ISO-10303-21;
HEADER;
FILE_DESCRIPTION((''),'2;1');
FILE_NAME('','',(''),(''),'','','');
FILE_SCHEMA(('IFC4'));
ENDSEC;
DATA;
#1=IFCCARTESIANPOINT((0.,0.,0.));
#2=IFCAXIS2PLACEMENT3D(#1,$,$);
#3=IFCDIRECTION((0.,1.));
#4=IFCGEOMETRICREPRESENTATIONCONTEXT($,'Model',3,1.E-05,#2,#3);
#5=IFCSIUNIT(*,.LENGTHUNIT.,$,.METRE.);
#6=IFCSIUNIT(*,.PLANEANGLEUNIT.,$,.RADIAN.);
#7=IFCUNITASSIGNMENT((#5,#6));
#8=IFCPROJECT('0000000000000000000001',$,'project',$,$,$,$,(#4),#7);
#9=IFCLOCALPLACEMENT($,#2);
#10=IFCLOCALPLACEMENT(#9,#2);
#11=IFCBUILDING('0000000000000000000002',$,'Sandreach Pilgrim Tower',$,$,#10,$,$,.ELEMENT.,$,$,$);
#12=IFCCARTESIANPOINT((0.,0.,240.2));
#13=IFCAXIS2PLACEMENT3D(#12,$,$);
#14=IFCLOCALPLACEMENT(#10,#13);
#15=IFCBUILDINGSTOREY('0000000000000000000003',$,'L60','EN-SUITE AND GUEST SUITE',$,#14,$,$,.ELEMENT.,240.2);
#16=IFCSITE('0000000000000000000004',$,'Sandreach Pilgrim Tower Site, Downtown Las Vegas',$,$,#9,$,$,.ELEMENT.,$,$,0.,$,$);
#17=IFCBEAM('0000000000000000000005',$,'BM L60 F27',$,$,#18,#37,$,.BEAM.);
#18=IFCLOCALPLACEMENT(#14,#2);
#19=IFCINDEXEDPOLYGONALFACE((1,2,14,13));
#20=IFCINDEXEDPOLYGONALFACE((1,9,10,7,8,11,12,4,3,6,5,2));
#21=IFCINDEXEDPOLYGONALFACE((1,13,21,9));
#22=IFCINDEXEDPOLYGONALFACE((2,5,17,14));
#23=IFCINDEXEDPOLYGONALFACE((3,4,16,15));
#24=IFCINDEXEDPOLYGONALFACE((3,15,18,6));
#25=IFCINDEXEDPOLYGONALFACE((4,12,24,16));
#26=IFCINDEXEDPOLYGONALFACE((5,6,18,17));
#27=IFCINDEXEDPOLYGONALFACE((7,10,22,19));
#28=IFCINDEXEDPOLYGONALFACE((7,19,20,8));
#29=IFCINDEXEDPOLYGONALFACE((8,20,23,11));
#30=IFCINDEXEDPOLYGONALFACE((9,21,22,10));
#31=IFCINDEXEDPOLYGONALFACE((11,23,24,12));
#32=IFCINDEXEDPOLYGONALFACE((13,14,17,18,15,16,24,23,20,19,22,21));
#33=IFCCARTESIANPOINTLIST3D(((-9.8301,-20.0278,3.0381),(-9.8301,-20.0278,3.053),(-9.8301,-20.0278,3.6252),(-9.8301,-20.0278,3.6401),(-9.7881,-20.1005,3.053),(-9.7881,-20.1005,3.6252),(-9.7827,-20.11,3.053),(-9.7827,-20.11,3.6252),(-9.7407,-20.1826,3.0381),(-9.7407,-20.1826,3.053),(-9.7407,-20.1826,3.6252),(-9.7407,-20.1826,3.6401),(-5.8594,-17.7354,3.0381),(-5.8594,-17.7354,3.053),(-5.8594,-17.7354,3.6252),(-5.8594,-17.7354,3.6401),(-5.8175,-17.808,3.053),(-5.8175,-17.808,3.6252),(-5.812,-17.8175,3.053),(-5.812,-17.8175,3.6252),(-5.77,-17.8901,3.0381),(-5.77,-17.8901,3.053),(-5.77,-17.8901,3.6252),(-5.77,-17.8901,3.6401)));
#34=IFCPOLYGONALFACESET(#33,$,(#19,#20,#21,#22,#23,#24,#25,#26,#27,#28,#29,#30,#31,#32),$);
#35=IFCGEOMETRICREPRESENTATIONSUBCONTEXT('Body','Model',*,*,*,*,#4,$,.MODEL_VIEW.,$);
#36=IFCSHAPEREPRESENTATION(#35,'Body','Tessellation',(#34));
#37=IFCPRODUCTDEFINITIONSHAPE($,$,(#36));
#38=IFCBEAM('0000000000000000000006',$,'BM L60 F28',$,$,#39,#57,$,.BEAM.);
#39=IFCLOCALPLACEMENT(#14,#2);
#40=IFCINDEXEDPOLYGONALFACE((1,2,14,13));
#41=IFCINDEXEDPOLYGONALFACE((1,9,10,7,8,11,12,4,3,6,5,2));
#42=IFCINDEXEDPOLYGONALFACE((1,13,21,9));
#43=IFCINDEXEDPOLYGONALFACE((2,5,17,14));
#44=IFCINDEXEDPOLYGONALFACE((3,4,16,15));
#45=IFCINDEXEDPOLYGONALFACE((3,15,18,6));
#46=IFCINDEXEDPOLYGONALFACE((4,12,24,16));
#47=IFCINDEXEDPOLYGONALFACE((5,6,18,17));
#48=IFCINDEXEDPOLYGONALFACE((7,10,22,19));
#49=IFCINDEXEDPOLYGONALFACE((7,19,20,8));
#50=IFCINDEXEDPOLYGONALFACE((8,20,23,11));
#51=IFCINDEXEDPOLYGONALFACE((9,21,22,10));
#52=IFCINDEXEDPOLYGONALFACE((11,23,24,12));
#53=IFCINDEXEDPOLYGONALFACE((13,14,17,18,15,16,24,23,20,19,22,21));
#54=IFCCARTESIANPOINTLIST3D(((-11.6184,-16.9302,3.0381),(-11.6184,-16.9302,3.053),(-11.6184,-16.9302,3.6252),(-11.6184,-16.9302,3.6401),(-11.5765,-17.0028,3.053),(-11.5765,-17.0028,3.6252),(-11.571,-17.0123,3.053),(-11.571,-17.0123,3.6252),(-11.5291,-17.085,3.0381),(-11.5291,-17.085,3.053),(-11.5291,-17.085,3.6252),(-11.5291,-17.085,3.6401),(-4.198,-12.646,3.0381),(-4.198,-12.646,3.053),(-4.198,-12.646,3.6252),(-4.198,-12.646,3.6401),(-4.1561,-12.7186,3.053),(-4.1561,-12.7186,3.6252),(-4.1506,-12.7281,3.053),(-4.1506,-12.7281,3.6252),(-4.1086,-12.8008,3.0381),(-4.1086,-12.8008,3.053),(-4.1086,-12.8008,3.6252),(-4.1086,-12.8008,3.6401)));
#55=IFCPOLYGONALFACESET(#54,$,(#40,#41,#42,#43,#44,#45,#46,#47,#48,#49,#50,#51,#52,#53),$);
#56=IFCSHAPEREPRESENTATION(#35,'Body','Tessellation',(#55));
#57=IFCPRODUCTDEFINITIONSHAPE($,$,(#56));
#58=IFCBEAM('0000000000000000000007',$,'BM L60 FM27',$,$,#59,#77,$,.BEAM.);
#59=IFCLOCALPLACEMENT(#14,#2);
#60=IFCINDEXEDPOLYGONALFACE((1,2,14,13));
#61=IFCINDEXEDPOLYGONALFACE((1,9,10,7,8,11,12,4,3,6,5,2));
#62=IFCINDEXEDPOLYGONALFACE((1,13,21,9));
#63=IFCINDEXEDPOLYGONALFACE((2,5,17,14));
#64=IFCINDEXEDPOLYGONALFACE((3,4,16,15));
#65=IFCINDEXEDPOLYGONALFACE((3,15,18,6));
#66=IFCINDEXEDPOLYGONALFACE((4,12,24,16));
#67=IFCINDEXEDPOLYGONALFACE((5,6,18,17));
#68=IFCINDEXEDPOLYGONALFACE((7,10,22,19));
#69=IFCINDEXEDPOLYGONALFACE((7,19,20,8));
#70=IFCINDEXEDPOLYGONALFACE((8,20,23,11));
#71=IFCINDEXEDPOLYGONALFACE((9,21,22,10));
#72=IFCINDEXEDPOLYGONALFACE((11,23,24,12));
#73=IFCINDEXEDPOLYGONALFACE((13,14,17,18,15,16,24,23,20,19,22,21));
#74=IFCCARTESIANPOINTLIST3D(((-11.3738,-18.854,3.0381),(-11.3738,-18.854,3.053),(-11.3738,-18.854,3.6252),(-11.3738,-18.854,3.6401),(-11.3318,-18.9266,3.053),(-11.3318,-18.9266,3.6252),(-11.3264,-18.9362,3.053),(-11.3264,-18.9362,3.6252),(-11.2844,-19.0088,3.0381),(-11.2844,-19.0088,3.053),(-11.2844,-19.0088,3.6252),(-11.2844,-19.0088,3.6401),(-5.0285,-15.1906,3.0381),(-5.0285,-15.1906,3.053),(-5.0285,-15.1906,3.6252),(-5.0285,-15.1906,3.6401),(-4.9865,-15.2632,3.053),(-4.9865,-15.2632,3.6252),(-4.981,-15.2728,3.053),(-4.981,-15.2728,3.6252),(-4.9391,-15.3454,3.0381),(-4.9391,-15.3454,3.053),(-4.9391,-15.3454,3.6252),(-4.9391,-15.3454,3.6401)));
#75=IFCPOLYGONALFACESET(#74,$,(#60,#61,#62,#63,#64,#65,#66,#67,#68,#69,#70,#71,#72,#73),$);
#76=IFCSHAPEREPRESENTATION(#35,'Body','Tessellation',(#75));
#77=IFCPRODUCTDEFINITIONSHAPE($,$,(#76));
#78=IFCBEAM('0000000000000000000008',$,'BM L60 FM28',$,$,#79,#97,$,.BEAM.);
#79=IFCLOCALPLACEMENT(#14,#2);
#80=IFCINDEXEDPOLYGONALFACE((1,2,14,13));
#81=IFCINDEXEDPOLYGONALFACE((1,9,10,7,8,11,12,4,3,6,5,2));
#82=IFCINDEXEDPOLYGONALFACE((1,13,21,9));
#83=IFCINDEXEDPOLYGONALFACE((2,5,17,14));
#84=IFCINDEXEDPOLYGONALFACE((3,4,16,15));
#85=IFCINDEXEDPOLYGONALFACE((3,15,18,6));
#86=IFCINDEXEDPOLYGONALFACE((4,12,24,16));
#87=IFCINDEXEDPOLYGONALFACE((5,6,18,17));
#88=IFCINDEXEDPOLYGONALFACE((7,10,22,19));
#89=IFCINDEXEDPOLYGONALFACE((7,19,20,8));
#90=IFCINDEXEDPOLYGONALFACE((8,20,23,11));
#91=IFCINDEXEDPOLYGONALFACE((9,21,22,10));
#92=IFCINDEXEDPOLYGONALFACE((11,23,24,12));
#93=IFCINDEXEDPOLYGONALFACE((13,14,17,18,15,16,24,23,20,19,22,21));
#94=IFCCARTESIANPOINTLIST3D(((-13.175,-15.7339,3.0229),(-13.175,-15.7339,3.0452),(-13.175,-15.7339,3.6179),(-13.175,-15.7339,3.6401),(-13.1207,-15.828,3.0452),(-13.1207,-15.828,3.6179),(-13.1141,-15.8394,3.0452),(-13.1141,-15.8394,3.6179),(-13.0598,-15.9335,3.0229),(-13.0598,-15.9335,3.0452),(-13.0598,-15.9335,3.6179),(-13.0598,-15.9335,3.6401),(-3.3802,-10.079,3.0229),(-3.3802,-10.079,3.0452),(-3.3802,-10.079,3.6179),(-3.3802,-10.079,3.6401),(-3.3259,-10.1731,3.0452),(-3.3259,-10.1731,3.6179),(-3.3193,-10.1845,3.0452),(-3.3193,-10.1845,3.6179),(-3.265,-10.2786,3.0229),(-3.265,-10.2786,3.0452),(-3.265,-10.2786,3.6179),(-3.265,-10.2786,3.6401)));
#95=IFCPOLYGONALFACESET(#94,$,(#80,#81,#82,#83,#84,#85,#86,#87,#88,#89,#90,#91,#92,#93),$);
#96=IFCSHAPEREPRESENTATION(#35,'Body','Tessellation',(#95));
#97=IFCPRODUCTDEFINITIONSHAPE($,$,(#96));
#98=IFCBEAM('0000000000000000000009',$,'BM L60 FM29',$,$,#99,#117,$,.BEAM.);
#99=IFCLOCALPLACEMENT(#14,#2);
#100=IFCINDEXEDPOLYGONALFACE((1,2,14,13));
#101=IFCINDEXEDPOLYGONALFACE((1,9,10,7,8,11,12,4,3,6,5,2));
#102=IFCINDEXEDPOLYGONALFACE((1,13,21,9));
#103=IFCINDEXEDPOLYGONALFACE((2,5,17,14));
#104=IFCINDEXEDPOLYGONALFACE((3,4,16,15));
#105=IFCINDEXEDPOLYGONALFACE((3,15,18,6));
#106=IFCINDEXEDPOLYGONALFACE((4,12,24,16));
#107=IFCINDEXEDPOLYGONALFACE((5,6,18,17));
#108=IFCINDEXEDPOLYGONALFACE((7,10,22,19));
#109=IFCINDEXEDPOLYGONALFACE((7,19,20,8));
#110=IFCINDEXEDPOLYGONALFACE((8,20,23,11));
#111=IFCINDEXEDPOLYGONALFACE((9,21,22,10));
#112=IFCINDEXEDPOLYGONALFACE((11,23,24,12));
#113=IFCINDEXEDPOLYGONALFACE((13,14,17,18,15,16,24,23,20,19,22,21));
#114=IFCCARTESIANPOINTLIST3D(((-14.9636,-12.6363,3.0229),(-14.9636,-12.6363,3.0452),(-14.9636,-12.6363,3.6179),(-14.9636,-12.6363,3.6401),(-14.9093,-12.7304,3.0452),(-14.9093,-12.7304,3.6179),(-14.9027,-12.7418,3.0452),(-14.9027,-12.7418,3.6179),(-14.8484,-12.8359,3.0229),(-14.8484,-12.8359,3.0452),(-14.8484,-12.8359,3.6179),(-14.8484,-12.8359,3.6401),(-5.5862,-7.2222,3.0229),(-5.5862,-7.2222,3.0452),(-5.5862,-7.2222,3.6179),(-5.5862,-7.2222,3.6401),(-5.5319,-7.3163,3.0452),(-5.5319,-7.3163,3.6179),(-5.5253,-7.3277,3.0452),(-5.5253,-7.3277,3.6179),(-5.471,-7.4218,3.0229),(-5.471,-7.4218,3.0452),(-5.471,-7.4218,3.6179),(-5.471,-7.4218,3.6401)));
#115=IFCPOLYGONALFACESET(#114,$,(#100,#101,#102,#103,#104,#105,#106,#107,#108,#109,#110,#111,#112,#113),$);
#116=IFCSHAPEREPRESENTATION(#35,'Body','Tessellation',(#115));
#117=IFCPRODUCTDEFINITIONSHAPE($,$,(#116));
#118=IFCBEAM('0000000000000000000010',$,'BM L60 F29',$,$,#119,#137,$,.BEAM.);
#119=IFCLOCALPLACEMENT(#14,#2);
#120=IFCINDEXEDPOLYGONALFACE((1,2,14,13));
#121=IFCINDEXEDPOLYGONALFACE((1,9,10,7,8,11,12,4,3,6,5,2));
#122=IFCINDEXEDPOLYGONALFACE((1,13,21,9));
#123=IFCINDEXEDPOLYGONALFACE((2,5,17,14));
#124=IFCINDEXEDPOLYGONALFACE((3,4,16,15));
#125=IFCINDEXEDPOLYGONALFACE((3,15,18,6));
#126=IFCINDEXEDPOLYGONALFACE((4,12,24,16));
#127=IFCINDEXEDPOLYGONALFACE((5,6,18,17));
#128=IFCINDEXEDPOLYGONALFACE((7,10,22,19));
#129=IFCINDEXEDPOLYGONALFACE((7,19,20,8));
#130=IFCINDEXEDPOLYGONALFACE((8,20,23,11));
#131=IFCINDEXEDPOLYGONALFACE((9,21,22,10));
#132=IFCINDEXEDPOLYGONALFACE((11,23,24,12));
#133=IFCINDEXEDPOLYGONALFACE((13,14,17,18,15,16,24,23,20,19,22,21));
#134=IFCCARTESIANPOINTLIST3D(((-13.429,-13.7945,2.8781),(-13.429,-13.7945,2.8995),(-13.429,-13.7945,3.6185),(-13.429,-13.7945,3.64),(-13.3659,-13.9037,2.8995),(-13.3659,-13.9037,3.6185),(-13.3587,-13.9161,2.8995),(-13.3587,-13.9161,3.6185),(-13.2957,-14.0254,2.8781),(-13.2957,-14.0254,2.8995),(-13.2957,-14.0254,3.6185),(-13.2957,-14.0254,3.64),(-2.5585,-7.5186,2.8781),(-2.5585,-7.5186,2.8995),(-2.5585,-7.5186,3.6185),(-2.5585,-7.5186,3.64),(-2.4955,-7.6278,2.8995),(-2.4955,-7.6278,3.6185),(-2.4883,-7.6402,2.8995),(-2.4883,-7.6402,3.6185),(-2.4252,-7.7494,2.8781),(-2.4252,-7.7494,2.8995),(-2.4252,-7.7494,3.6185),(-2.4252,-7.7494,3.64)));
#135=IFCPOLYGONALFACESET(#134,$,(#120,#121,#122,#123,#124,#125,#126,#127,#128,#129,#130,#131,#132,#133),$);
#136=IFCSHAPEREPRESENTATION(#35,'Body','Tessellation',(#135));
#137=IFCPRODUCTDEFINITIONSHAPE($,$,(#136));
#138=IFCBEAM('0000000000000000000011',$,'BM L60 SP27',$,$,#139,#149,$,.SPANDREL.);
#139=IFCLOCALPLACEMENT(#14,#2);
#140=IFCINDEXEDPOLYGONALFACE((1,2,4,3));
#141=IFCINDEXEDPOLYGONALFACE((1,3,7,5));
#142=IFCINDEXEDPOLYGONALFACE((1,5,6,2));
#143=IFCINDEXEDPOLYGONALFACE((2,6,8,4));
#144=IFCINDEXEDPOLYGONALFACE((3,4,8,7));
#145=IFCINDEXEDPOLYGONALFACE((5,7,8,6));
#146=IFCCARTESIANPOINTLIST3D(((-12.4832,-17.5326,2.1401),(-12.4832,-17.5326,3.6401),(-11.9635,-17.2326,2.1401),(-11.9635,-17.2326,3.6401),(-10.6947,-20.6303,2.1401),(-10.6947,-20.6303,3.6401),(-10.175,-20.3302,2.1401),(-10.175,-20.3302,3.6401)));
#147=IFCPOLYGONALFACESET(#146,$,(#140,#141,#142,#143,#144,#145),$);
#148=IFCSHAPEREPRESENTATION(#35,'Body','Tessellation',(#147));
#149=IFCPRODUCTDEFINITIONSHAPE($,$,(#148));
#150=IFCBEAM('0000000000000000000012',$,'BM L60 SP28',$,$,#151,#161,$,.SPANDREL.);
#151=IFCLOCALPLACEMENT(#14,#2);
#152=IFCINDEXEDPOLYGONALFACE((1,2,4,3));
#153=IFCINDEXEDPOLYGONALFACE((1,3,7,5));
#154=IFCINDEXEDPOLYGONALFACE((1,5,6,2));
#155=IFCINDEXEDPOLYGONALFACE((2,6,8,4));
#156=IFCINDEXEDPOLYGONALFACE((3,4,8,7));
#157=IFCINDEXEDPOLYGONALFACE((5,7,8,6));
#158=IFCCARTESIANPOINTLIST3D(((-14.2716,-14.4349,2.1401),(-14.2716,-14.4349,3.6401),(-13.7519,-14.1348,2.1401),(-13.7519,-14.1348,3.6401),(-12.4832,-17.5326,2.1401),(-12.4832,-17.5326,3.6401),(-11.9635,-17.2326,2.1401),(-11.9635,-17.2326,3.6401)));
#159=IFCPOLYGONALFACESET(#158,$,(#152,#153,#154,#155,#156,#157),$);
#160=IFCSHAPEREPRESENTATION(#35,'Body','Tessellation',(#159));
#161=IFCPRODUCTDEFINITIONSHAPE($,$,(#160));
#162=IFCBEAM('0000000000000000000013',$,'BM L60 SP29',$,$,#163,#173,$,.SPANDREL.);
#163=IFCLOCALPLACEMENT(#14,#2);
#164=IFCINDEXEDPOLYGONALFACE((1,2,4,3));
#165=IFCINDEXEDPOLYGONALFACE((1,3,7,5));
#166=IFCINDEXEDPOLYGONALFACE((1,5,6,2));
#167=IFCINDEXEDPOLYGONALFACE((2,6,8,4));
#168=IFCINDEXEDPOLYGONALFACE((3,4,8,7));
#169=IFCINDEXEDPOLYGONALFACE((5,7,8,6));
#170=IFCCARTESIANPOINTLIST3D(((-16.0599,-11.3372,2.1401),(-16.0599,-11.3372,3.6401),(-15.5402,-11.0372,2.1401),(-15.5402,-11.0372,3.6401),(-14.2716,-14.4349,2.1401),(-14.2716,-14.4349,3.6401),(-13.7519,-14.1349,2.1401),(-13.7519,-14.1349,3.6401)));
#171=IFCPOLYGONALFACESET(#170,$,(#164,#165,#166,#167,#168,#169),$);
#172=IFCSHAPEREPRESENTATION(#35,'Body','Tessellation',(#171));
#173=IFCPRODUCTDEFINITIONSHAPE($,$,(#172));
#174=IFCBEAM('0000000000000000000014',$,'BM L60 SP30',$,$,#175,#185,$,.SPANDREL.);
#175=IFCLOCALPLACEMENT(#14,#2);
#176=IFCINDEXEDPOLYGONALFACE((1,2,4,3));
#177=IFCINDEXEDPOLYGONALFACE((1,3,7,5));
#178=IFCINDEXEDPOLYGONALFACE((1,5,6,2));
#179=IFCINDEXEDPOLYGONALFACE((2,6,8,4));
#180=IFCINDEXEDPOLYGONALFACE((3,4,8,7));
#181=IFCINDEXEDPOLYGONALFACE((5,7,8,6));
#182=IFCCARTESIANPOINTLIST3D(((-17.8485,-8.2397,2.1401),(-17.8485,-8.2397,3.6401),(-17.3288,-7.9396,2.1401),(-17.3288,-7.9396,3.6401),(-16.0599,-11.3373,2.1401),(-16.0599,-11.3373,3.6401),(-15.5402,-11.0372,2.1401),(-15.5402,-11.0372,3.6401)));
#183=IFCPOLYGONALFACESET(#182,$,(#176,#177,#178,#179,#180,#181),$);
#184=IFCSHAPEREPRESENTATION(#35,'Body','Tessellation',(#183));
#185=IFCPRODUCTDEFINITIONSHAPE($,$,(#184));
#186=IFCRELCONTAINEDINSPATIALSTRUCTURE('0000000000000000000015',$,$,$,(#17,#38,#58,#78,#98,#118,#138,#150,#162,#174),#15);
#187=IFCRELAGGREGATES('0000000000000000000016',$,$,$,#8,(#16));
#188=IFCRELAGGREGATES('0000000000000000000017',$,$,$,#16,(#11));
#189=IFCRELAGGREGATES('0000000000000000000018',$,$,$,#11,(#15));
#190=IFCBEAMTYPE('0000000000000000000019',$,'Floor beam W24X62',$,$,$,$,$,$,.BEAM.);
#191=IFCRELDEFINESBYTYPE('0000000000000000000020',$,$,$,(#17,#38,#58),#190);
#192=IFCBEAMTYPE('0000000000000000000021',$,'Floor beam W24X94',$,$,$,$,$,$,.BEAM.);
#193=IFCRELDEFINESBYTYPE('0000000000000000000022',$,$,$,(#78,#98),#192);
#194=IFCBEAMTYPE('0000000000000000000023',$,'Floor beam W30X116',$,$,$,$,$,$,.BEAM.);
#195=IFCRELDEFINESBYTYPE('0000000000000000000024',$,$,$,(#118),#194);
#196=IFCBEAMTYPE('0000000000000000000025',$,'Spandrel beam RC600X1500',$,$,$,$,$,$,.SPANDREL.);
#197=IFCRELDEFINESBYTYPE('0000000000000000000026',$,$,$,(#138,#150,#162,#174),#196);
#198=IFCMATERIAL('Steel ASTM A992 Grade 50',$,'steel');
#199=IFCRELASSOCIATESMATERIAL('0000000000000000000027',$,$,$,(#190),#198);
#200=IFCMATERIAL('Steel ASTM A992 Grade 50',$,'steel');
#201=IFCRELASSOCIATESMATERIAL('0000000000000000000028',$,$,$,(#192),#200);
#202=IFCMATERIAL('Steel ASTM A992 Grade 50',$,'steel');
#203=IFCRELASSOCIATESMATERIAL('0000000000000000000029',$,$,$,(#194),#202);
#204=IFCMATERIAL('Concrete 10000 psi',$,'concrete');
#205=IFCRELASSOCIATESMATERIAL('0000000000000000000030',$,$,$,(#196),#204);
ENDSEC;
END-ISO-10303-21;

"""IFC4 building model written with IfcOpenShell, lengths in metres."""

from ifc_helpers import new_model, si_unit, direction, frame, origin, origin_2d, place, context, subcontext, project, spatial, rectangle, i_section, extrude, material, material_profile, profile_set, type_object, element, save


model = new_model("IFC4")

# Units and contexts
model_context = context("Model", 3, precision=1e-05, world=origin(), true_north=direction((0.0, 1.0)))
body_context = subcontext(model_context, "Body", "Model", "MODEL_VIEW")
ifc_project = project(units=[si_unit("LENGTHUNIT", "METRE"), si_unit("PLANEANGLEUNIT", "RADIAN")], contexts=[model_context])

# Site, building, storey
site_placement = place(None, origin())
site = spatial("IfcSite", under=ifc_project, at=site_placement, Name="Sandreach Pilgrim Tower Site, Downtown Las Vegas", CompositionType="ELEMENT", RefElevation=0.0)
building_placement = place(site_placement, origin())
building = spatial("IfcBuilding", under=site, at=building_placement, Name="Sandreach Pilgrim Tower", CompositionType="ELEMENT")
storey_placement = place(building_placement, frame((0.0, 0.0, 240.2)))
storey = spatial("IfcBuildingStorey", under=building, at=storey_placement, Name="L60", Description="EN-SUITE AND GUEST SUITE", CompositionType="ELEMENT", Elevation=240.2)

# Beams
ifc_material_1 = material(Name="Steel ASTM A992 Grade 50", Category="steel")
ifc_material_profile_1 = material_profile(ifc_material_1, i_section(OverallWidth=0.1787, OverallDepth=0.6021, WebThickness=0.011, FlangeThickness=0.0149, at=origin_2d()), Name="W24X62")
ifc_profile_set_1 = profile_set([ifc_material_profile_1], Name="Steel ASTM A992 Grade 50")
beam_type_1 = type_object("IfcBeamType", Name="Floor beam W24X62", PredefinedType="BEAM", material=ifc_profile_set_1)
beam_1_placement = place(storey_placement, frame((-9.7854, -20.1052, 3.3391), z_axis=(0.866026, 0.499999, 0.0), x_axis=(-0.499999, 0.866026, 0.0)))
element("IfcBeam", 1, at=beam_1_placement, inside=storey, type_object=beam_type_1, Name="BM L60 F27", PredefinedType="BEAM", context=body_context, shape_type="SweptSolid", body=[
    extrude(i_section(OverallWidth=0.1787, OverallDepth=0.6021, WebThickness=0.011, FlangeThickness=0.0149, at=origin_2d()), origin(), (0.0, 0.0, 1.0), 4.585),
])
beam_2_placement = place(storey_placement, frame((-11.5737, -17.0076, 3.3391), z_axis=(0.866025, 0.5, 0.0), x_axis=(-0.5, 0.866025, 0.0)))
element("IfcBeam", 2, at=beam_2_placement, inside=storey, type_object=beam_type_1, Name="BM L60 F28", PredefinedType="BEAM", context=body_context, shape_type="SweptSolid", body=[
    extrude(i_section(OverallWidth=0.1787, OverallDepth=0.6021, WebThickness=0.011, FlangeThickness=0.0149, at=origin_2d()), origin(), (0.0, 0.0, 1.0), 8.5684),
])
beam_3_placement = place(storey_placement, frame((-11.3291, -18.9314, 3.3391), z_axis=(0.86603, 0.499992, 0.0), x_axis=(-0.499992, 0.86603, 0.0)))
element("IfcBeam", 3, at=beam_3_placement, inside=storey, type_object=beam_type_1, Name="BM L60 FM27", PredefinedType="BEAM", context=body_context, shape_type="SweptSolid", body=[
    extrude(i_section(OverallWidth=0.1787, OverallDepth=0.6021, WebThickness=0.011, FlangeThickness=0.0149, at=origin_2d()), origin(), (0.0, 0.0, 1.0), 7.3269),
])
ifc_material_2 = material(Name="Steel ASTM A992 Grade 50", Category="steel")
ifc_material_profile_2 = material_profile(ifc_material_2, i_section(OverallWidth=0.2305, OverallDepth=0.6172, WebThickness=0.0132, FlangeThickness=0.0222, at=origin_2d()), Name="W24X94")
ifc_profile_set_2 = profile_set([ifc_material_profile_2], Name="Steel ASTM A992 Grade 50")
beam_type_2 = type_object("IfcBeamType", Name="Floor beam W24X94", PredefinedType="BEAM", material=ifc_profile_set_2)
beam_4_placement = place(storey_placement, frame((-13.1174, -15.8337, 3.3315), z_axis=(0.866028, 0.499995, 0.0), x_axis=(-0.499995, 0.866028, 0.0)))
element("IfcBeam", 4, at=beam_4_placement, inside=storey, type_object=beam_type_2, Name="BM L60 FM28", PredefinedType="BEAM", context=body_context, shape_type="SweptSolid", body=[
    extrude(i_section(OverallWidth=0.2305, OverallDepth=0.6172, WebThickness=0.0132, FlangeThickness=0.0222, at=origin_2d()), origin(), (0.0, 0.0, 1.0), 11.3101),
])
beam_5_placement = place(storey_placement, frame((-14.906, -12.7361, 3.3315), z_axis=(0.866026, 0.5, 0.0), x_axis=(-0.5, 0.866026, 0.0)))
element("IfcBeam", 5, at=beam_5_placement, inside=storey, type_object=beam_type_2, Name="BM L60 FM29", PredefinedType="BEAM", context=body_context, shape_type="SweptSolid", body=[
    extrude(i_section(OverallWidth=0.2305, OverallDepth=0.6172, WebThickness=0.0132, FlangeThickness=0.0222, at=origin_2d()), origin(), (0.0, 0.0, 1.0), 10.8281),
])
ifc_material_3 = material(Name="Steel ASTM A992 Grade 50", Category="steel")
ifc_material_profile_3 = material_profile(ifc_material_3, i_section(OverallWidth=0.2666, OverallDepth=0.762, WebThickness=0.0144, FlangeThickness=0.0215, at=origin_2d()), Name="W30X116")
ifc_profile_set_3 = profile_set([ifc_material_profile_3], Name="Steel ASTM A992 Grade 50")
beam_type_3 = type_object("IfcBeamType", Name="Floor beam W30X116", PredefinedType="BEAM", material=ifc_profile_set_3)
beam_6_placement = place(storey_placement, frame((-13.3623, -13.9099, 3.259), z_axis=(0.86603, 0.499992, 0.0), x_axis=(-0.499992, 0.86603, 0.0)))
element("IfcBeam", 6, at=beam_6_placement, inside=storey, type_object=beam_type_3, Name="BM L60 F29", PredefinedType="BEAM", context=body_context, shape_type="SweptSolid", body=[
    extrude(i_section(OverallWidth=0.2666, OverallDepth=0.762, WebThickness=0.0144, FlangeThickness=0.0215, at=origin_2d()), origin(), (0.0, 0.0, 1.0), 12.552),
])
ifc_material_4 = material(Name="Concrete 10000 psi", Category="concrete")
ifc_material_profile_4 = material_profile(ifc_material_4, rectangle(XDim=0.6001, YDim=1.5, at=origin_2d()), Name="RC600X1500")
ifc_profile_set_4 = profile_set([ifc_material_profile_4], Name="Concrete 10000 psi")
beam_type_4 = type_object("IfcBeamType", Name="Spandrel beam RC600X1500", PredefinedType="SPANDREL", material=ifc_profile_set_4)
for number, where, z_axis, x_axis, name in (
    (7, (-10.4348, -20.4802, 2.8901), (-0.50003, 0.866008, 0.0), (-0.866008, -0.50003, 0.0), "BM L60 SP27"),
    (8, (-12.2234, -17.3826, 2.8901), (-0.499978, 0.866038, 0.0), (-0.866038, -0.499978, 0.0), "BM L60 SP28"),
    (9, (-14.0117, -14.2849, 2.8901), (-0.499978, 0.866038, 0.0), (-0.866038, -0.499978, 0.0), "BM L60 SP29"),
    (10, (-15.8, -11.1873, 2.8901), (-0.50003, 0.866008, 0.0), (-0.866008, -0.50003, 0.0), "BM L60 SP30"),
):
    element("IfcBeam", number, at=place(storey_placement, frame(where, z_axis=z_axis, x_axis=x_axis)), inside=storey, type_object=beam_type_4, Name=name, PredefinedType="SPANDREL", context=body_context, shape_type="SweptSolid", body=[
        extrude(rectangle(XDim=0.6001, YDim=1.5, at=origin_2d()), origin(), (0.0, 0.0, 1.0), 3.5769),
    ])

save(model, "model.ifc")
